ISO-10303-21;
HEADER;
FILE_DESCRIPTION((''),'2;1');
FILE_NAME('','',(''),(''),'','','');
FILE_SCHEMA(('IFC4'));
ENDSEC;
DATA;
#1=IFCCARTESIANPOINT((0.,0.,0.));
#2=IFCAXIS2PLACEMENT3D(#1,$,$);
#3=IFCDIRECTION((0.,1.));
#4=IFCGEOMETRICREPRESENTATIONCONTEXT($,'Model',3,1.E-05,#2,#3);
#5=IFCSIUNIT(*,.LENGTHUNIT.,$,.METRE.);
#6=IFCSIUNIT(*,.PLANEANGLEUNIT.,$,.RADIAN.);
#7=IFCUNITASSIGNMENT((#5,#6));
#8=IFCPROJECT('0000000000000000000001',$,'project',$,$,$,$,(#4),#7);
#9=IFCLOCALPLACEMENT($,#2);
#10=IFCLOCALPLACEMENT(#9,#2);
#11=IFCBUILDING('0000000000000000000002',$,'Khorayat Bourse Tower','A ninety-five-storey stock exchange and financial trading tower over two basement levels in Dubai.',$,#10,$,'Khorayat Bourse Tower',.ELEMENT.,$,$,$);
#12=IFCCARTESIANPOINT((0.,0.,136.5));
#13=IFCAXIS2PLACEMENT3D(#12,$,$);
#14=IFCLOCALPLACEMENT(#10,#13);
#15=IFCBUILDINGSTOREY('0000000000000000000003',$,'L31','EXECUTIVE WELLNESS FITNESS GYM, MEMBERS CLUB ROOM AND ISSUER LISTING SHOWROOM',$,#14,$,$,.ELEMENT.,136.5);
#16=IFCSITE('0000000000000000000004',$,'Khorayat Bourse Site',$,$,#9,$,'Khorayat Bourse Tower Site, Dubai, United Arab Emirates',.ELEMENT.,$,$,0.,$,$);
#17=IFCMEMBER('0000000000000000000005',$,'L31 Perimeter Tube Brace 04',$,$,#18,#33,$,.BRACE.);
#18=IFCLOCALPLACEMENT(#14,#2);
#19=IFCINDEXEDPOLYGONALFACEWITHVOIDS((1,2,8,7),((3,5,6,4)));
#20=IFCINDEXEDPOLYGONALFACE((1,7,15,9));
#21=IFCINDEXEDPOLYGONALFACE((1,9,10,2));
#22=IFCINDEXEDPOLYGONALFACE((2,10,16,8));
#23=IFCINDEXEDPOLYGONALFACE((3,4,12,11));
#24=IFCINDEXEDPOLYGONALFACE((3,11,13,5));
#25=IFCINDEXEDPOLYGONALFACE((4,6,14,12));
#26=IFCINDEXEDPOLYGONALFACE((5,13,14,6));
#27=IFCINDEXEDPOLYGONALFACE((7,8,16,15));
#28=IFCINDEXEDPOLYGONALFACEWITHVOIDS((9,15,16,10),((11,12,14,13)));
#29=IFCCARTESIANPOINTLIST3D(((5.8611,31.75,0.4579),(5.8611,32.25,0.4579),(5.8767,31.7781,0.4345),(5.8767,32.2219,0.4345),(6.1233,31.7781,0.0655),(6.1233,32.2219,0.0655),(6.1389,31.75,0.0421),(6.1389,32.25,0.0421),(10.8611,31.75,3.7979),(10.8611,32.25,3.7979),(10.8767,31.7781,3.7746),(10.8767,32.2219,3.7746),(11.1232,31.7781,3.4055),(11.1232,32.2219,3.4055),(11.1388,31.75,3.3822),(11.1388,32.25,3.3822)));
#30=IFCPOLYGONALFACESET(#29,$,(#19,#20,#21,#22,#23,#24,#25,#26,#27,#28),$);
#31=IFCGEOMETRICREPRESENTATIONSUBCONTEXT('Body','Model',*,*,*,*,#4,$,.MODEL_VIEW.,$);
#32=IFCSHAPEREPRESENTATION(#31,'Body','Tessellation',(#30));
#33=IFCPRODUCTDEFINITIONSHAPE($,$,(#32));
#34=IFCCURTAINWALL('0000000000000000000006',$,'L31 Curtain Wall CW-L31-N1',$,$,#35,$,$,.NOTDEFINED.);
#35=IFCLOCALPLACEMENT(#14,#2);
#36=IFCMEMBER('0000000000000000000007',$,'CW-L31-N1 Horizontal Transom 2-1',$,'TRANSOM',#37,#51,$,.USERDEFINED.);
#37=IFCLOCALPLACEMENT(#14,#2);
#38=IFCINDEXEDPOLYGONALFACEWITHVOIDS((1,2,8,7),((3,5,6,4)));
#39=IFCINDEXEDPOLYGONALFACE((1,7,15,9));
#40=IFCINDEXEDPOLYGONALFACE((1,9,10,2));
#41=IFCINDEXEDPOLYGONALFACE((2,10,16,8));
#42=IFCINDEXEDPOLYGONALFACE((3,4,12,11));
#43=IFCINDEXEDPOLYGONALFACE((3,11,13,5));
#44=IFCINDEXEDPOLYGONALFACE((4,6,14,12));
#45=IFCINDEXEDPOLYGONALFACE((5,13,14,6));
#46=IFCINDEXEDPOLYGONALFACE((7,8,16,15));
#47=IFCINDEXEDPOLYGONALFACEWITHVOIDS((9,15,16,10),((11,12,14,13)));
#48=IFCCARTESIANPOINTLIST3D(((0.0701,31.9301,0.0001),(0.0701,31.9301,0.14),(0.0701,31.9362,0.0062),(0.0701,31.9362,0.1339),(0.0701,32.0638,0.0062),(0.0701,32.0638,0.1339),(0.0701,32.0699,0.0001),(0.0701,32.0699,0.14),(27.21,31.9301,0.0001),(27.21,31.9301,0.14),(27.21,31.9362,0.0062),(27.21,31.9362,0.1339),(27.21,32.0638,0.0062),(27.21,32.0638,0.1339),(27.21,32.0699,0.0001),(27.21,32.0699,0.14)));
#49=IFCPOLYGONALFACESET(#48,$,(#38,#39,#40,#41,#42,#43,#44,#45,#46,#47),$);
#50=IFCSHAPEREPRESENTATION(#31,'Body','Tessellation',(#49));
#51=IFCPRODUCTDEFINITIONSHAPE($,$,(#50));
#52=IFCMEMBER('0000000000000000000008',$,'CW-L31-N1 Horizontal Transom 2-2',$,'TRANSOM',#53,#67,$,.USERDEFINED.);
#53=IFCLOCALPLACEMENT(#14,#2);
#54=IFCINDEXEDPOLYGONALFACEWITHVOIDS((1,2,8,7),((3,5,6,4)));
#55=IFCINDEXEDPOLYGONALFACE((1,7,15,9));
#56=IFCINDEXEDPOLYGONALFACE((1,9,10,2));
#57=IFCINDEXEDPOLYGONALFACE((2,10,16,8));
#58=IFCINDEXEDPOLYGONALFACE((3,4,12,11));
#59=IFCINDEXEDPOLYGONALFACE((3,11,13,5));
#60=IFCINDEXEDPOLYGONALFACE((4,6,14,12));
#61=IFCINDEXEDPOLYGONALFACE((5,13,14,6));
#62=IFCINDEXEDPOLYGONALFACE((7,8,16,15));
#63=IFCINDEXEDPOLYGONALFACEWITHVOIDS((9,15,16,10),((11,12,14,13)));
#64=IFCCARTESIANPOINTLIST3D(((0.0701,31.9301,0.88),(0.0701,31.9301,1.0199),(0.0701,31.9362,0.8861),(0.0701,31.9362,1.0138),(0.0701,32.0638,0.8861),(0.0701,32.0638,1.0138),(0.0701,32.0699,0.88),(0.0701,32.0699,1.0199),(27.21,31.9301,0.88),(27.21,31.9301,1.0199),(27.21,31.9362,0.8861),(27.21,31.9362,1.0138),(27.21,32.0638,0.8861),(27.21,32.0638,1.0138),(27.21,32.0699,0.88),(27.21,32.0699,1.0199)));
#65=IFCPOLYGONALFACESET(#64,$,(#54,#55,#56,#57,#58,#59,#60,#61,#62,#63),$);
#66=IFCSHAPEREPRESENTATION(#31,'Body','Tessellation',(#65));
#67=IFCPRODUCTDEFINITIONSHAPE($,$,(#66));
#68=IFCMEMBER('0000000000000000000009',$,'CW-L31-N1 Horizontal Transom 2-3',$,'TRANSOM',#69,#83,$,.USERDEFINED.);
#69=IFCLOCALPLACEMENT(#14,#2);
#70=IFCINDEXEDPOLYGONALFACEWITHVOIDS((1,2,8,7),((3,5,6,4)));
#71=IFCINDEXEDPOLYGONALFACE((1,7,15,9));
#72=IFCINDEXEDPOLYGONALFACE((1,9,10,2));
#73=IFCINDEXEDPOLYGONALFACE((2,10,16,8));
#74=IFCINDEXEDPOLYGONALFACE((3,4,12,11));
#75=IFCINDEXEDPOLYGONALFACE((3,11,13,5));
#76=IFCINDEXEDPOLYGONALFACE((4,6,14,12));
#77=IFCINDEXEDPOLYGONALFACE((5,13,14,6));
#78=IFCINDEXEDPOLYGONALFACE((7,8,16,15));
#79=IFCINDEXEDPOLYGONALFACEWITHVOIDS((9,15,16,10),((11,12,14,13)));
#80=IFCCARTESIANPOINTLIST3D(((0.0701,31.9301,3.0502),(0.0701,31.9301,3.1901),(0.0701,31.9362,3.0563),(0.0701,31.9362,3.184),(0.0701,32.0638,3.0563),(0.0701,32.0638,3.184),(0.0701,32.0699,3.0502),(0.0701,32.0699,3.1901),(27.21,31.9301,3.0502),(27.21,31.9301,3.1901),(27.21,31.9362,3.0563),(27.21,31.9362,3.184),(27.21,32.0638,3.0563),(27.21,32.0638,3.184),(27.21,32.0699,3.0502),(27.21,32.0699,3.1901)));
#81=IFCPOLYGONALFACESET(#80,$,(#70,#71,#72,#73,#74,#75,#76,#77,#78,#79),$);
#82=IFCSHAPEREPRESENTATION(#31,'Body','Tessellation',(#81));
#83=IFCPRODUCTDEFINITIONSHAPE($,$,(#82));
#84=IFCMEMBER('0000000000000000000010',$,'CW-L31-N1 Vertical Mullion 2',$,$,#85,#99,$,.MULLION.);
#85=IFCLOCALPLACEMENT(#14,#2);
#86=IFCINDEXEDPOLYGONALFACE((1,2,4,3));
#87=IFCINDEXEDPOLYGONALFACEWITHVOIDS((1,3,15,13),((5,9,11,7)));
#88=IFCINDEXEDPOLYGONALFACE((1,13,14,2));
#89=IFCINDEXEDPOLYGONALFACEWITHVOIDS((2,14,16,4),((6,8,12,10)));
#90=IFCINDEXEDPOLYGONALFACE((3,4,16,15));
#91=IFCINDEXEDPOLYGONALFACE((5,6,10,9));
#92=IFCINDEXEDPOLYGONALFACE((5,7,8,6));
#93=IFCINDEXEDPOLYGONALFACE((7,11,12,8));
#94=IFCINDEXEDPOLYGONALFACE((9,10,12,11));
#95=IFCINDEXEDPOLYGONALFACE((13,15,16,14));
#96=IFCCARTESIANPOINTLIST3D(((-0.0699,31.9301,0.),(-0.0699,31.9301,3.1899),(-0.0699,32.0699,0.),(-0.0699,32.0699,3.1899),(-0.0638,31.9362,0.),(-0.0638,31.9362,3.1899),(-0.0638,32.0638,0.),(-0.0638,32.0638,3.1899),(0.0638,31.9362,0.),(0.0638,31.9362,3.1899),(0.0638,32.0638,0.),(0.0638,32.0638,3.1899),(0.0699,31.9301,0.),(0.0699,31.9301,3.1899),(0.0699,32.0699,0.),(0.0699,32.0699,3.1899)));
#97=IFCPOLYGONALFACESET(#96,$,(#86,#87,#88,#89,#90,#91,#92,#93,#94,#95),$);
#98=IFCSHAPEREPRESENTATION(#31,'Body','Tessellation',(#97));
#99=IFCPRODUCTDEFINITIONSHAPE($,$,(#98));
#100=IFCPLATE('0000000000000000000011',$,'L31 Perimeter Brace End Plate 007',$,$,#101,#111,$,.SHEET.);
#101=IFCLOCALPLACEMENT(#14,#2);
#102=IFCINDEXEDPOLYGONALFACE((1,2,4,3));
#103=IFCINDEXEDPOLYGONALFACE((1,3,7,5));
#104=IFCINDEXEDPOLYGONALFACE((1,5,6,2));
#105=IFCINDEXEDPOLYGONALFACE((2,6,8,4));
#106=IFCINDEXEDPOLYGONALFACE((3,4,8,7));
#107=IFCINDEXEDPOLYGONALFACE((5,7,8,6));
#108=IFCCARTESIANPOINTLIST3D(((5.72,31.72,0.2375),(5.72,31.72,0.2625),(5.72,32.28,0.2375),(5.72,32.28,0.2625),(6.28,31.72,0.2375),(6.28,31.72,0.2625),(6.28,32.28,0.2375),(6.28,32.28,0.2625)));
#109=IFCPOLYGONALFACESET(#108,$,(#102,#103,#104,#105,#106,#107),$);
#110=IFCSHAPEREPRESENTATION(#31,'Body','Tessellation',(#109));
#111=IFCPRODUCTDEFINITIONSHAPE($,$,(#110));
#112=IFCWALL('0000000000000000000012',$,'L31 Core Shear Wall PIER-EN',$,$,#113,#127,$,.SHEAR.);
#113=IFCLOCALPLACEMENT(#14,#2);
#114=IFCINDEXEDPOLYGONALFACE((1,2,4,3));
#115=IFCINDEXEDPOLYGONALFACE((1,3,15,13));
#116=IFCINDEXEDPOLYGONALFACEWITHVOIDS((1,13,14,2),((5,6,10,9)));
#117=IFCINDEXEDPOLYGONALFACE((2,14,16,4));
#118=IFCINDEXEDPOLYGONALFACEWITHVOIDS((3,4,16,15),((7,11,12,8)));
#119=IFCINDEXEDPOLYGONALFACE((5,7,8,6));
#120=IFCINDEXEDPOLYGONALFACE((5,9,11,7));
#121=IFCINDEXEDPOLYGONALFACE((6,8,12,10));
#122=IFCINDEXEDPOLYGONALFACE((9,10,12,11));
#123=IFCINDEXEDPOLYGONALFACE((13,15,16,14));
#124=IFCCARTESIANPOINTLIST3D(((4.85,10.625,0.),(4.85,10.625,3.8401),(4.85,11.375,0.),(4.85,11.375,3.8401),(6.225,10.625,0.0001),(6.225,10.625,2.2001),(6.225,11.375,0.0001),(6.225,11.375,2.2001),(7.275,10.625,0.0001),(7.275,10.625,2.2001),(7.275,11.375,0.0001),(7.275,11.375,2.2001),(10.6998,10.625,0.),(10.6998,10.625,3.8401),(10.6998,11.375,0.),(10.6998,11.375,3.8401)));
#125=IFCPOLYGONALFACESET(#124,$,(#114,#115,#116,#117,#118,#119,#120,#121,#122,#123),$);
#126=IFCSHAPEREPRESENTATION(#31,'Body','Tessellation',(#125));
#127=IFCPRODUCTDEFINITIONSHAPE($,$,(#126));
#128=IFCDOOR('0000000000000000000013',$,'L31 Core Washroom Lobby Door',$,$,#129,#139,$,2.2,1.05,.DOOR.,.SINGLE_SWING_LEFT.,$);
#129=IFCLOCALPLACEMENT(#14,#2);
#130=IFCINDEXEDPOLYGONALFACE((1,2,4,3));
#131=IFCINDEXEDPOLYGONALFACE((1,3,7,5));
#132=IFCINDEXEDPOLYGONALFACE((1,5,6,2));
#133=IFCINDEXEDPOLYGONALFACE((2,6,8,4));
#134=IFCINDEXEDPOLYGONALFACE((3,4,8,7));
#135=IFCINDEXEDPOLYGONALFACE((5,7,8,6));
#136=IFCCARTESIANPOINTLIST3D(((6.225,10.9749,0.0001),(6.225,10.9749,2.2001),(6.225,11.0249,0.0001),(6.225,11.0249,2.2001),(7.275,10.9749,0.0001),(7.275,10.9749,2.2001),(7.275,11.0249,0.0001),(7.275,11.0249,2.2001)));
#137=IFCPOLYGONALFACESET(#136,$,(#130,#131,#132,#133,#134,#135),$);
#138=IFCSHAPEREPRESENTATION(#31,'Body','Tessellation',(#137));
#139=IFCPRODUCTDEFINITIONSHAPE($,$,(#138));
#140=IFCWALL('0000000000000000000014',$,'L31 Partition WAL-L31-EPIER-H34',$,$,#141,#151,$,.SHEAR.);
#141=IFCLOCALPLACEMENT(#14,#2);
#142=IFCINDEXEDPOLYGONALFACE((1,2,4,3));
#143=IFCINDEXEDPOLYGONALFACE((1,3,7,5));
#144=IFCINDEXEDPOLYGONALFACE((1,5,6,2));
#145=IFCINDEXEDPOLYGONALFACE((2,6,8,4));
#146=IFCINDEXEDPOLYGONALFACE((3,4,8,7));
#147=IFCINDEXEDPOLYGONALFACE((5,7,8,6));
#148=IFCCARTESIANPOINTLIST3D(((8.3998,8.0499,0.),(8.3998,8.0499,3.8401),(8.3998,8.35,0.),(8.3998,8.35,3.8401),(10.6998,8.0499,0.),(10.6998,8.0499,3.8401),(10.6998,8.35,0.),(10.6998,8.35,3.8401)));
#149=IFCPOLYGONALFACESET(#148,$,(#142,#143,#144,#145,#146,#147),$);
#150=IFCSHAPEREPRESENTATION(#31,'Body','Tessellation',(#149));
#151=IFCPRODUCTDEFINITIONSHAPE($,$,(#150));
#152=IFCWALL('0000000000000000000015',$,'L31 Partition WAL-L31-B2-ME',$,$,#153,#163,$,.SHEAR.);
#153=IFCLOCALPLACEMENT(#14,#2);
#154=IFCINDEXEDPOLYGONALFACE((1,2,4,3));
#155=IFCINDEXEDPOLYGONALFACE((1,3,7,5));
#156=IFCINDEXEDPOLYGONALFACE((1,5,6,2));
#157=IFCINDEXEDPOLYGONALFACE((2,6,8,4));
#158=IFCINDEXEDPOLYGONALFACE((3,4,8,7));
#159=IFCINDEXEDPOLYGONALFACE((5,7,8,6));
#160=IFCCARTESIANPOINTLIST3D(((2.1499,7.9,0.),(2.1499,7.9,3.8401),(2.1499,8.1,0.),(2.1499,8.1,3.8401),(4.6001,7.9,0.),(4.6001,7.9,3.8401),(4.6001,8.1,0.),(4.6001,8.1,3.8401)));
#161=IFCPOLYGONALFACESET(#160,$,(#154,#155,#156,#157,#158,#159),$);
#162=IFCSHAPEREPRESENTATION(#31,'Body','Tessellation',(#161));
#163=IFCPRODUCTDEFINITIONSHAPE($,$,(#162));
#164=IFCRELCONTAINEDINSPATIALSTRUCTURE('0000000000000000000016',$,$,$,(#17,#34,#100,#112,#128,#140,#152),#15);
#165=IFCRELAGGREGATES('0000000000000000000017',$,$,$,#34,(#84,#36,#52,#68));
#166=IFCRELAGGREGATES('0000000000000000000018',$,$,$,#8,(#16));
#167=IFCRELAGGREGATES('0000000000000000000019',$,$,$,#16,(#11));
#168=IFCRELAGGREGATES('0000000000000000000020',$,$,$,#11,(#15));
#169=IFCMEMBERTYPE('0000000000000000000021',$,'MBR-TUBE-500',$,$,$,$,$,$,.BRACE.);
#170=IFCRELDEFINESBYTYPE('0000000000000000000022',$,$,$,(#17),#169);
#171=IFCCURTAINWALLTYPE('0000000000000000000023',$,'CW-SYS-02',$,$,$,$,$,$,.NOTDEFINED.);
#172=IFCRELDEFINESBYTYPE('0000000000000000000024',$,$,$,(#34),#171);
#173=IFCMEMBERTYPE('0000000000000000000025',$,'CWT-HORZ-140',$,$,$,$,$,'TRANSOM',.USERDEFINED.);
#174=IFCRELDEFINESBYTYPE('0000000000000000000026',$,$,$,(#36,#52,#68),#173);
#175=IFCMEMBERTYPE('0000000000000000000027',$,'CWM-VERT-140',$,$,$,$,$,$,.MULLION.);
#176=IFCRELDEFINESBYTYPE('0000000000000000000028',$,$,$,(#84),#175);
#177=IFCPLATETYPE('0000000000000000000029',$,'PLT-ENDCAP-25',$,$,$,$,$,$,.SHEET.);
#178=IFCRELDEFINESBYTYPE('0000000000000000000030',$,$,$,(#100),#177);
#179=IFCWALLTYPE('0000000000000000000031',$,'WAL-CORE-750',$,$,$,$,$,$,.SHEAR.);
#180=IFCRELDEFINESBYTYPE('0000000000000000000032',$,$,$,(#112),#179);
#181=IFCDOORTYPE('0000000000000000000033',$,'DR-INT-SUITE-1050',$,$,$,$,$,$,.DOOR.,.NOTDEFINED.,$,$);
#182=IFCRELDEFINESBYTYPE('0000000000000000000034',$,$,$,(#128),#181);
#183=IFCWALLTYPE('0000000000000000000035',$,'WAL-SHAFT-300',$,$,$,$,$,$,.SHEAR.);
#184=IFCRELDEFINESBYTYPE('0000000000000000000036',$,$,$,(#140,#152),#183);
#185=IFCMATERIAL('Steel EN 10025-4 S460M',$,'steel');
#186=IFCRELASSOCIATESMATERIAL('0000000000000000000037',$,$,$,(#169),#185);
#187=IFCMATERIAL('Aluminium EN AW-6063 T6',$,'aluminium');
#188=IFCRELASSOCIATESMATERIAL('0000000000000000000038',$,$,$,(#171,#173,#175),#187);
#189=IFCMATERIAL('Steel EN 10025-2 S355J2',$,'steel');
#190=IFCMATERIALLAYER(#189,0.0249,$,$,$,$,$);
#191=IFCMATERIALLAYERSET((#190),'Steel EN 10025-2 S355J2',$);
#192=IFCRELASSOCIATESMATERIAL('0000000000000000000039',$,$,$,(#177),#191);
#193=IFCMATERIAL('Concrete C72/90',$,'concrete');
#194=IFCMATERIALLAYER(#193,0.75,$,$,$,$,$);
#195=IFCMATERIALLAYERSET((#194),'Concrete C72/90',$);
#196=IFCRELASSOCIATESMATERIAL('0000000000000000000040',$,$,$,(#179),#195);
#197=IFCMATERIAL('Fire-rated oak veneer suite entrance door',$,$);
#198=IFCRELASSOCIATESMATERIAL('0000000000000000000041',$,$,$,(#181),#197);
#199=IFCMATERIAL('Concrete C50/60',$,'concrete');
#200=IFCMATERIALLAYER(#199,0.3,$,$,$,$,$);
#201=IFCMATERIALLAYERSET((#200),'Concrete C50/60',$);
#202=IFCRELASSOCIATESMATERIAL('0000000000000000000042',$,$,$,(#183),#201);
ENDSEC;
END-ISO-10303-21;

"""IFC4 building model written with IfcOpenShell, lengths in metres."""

from ifc_helpers import new_model, si_unit, direction, frame, frame_2d, origin, origin_2d, place, context, subcontext, project, spatial, rectangle, hollow_rectangle, extrude, source, transform, mapped, material, layer, layer_set, material_profile, profile_set, type_object, element, fill, aggregate, save


model = new_model("IFC4")

# Units and contexts
model_context = context("Model", 3, precision=1e-05, world=origin(), true_north=direction((0.0, 1.0)))
body_context = subcontext(model_context, "Body", "Model", "MODEL_VIEW")
ifc_project = project(units=[si_unit("LENGTHUNIT", "METRE"), si_unit("PLANEANGLEUNIT", "RADIAN")], contexts=[model_context])

# Site, building, storey
site_placement = place(None, origin())
site = spatial("IfcSite", under=ifc_project, at=site_placement, Name="Khorayat Bourse Site", LongName="Khorayat Bourse Tower Site, Dubai, United Arab Emirates", CompositionType="ELEMENT", RefElevation=0.0)
building_placement = place(site_placement, origin())
building = spatial("IfcBuilding", under=site, at=building_placement, Name="Khorayat Bourse Tower", Description="A ninety-five-storey stock exchange and financial trading tower over two basement levels in Dubai.", LongName="Khorayat Bourse Tower", CompositionType="ELEMENT")
storey_placement = place(building_placement, frame((0.0, 0.0, 136.5)))
storey = spatial("IfcBuildingStorey", under=building, at=storey_placement, Name="L31", Description="EXECUTIVE WELLNESS FITNESS GYM, MEMBERS CLUB ROOM AND ISSUER LISTING SHOWROOM", CompositionType="ELEMENT", Elevation=136.5)

# Shared definitions
ifc_material_1 = material(Name="Steel EN 10025-4 S460M", Category="steel")
ifc_material_2 = material(Name="Concrete C72/90", Category="concrete")

# Member
ifc_material_profile_1 = material_profile(ifc_material_1, hollow_rectangle(XDim=0.5, YDim=0.5, WallThickness=0.0281, at=origin_2d()), Name="HSS 500x500x28")
ifc_profile_set_1 = profile_set([ifc_material_profile_1], Name="Steel EN 10025-4 S460M")
member_type_1 = type_object("IfcMemberType", Name="MBR-TUBE-500", PredefinedType="BRACE", material=ifc_profile_set_1)
shared_shape_1 = source(origin(), body_context, "Body", "SweptSolid", [
    extrude(hollow_rectangle(XDim=0.5, YDim=0.5, WallThickness=0.0281, at=origin_2d()), origin(), (0.0, 0.0, 1.0), 6.0129),
])
member_1_placement = place(storey_placement, frame((6.0, 32.0, 0.25), z_axis=(0.831531, 0.0, 0.555478), x_axis=(0.0, 1.0, 0.0)))
element("IfcMember", 1, at=member_1_placement, inside=storey, type_object=member_type_1, Name="L31 Perimeter Tube Brace 04", PredefinedType="BRACE", context=body_context, shape_type="MappedRepresentation", body=[
    mapped(shared_shape_1, transform((0.0, 0.0, 0.0), scale=1.0)),
])

# Curtain wall, members
ifc_material_3 = material(Name="Aluminium EN AW-6063 T6", Category="aluminium")
curtain_wall_type = type_object("IfcCurtainWallType", Name="CW-SYS-02", PredefinedType="NOTDEFINED", material=ifc_material_3)
curtain_wall_placement = place(storey_placement, origin())
curtain_wall = element("IfcCurtainWall", 2, at=curtain_wall_placement, inside=storey, type_object=curtain_wall_type, Name="L31 Curtain Wall CW-L31-N1", PredefinedType="NOTDEFINED")
ifc_material_profile_2 = material_profile(ifc_material_3, hollow_rectangle(XDim=0.1399, YDim=0.1399, WallThickness=0.0061, at=origin_2d()), Name="ALU 140x140x6")
ifc_profile_set_2 = profile_set([ifc_material_profile_2], Name="Aluminium EN AW-6063 T6")
member_type_2 = type_object("IfcMemberType", Name="CWT-HORZ-140", ElementType="TRANSOM", PredefinedType="USERDEFINED", material=ifc_profile_set_2)
shared_shape_2 = source(origin(), body_context, "Body", "SweptSolid", [
    extrude(hollow_rectangle(XDim=0.1399, YDim=0.1399, WallThickness=0.0061, at=origin_2d()), origin(), (0.0, 0.0, 1.0), 27.1399),
])
member_2_placement = place(storey_placement, frame((0.0701, 32.0, 0.0701), z_axis=(1.0, 0.0, 0.0), x_axis=(0.0, 1.0, 0.0)))
member_2 = element("IfcMember", 3, at=member_2_placement, type_object=member_type_2, Name="CW-L31-N1 Horizontal Transom 2-1", ObjectType="TRANSOM", PredefinedType="USERDEFINED", context=body_context, shape_type="MappedRepresentation", body=[
    mapped(shared_shape_2, transform((0.0, 0.0, 0.0), scale=1.0)),
])
member_3_placement = place(storey_placement, frame((0.0701, 32.0, 0.95), z_axis=(1.0, 0.0, 0.0), x_axis=(0.0, 1.0, 0.0)))
member_3 = element("IfcMember", 4, at=member_3_placement, type_object=member_type_2, Name="CW-L31-N1 Horizontal Transom 2-2", ObjectType="TRANSOM", PredefinedType="USERDEFINED", context=body_context, shape_type="MappedRepresentation", body=[
    mapped(shared_shape_2, transform((0.0, 0.0, 0.0), scale=1.0)),
])
member_4_placement = place(storey_placement, frame((0.0701, 32.0, 3.1201), z_axis=(1.0, 0.0, 0.0), x_axis=(0.0, 1.0, 0.0)))
member_4 = element("IfcMember", 5, at=member_4_placement, type_object=member_type_2, Name="CW-L31-N1 Horizontal Transom 2-3", ObjectType="TRANSOM", PredefinedType="USERDEFINED", context=body_context, shape_type="MappedRepresentation", body=[
    mapped(shared_shape_2, transform((0.0, 0.0, 0.0), scale=1.0)),
])
ifc_material_profile_3 = material_profile(ifc_material_3, hollow_rectangle(XDim=0.1399, YDim=0.1399, WallThickness=0.0061, at=origin_2d()), Name="ALU 140x140x6")
ifc_profile_set_3 = profile_set([ifc_material_profile_3], Name="Aluminium EN AW-6063 T6")
member_type_3 = type_object("IfcMemberType", Name="CWM-VERT-140", PredefinedType="MULLION", material=ifc_profile_set_3)
shared_shape_3 = source(origin(), body_context, "Body", "SweptSolid", [
    extrude(hollow_rectangle(XDim=0.1399, YDim=0.1399, WallThickness=0.0061, at=origin_2d()), origin(), (0.0, 0.0, 1.0), 3.1899),
])
member_5_placement = place(storey_placement, frame((0.0, 32.0, 0.0), z_axis=(0.0, 0.0, 1.0), x_axis=(0.0, 1.0, 0.0)))
member_5 = element("IfcMember", 6, at=member_5_placement, type_object=member_type_3, Name="CW-L31-N1 Vertical Mullion 2", PredefinedType="MULLION", context=body_context, shape_type="MappedRepresentation", body=[
    mapped(shared_shape_3, transform((0.0, 0.0, 0.0), scale=1.0)),
])
aggregate(curtain_wall, [member_5, member_2, member_3, member_4])

# Plate
ifc_material_4 = material(Name="Steel EN 10025-2 S355J2", Category="steel")
ifc_layer_1 = layer(ifc_material_4, 0.0249)
ifc_layer_set_1 = layer_set([ifc_layer_1], Name="Steel EN 10025-2 S355J2")
plate_type = type_object("IfcPlateType", Name="PLT-ENDCAP-25", PredefinedType="SHEET", material=ifc_layer_set_1)
shared_shape_4 = source(origin(), body_context, "Body", "SweptSolid", [
    extrude(rectangle(XDim=0.5601, YDim=0.5601, at=origin_2d()), origin(), (0.0, 0.0, 1.0), 0.0249),
])
plate_placement = place(storey_placement, frame((6.0, 32.0, 0.2375), z_axis=(0.0, 0.0, 1.0), x_axis=(1.0, 0.0, 0.0)))
element("IfcPlate", 7, at=plate_placement, inside=storey, type_object=plate_type, Name="L31 Perimeter Brace End Plate 007", PredefinedType="SHEET", context=body_context, shape_type="MappedRepresentation", body=[
    mapped(shared_shape_4, transform((0.0, 0.0, 0.0), scale=1.0)),
])

# Wall, opening, door
ifc_layer_2 = layer(ifc_material_2, 0.75)
ifc_layer_set_2 = layer_set([ifc_layer_2], Name="Concrete C72/90")
wall_type_1 = type_object("IfcWallType", Name="WAL-CORE-750", PredefinedType="SHEAR", material=ifc_layer_set_2)
shared_shape_5 = source(origin(), body_context, "Body", "SweptSolid", [
    extrude(rectangle(XDim=5.8499, YDim=0.75, at=frame_2d((2.9248, 0.0))), origin(), (0.0, 0.0, 1.0), 3.8401),
])
wall_1_placement = place(storey_placement, frame((4.8501, 11.0, 0.0), z_axis=(0.0, 0.0, 1.0), x_axis=(1.0, 0.0, 0.0)))
wall_1 = element("IfcWall", 8, at=wall_1_placement, inside=storey, type_object=wall_type_1, Name="L31 Core Shear Wall PIER-EN", PredefinedType="SHEAR", context=body_context, shape_type="MappedRepresentation", body=[
    mapped(shared_shape_5, transform((0.0, 0.0, 0.0), scale=1.0)),
])
shared_shape_6 = source(origin(), body_context, "Body", "SweptSolid", [
    extrude(rectangle(XDim=1.05, YDim=2.2, at=frame_2d((0.5249, 1.1001))), frame((0.0, 0.385, 0.0), z_axis=(0.0, -1.0, 0.0), x_axis=(1.0, 0.0, 0.0)), (0.0, 0.0, 1.0), 0.77),
])
opening_1_placement = place(wall_1_placement, frame((1.375, 0.0, 0.0)))
opening_1 = element("IfcOpeningElement", 9, at=opening_1_placement, cuts=wall_1, PredefinedType="OPENING", context=body_context, shape_type="MappedRepresentation", body=[
    mapped(shared_shape_6, transform((0.0, 0.0, 0.0), scale=1.0)),
])
ifc_material_5 = material(Name="Fire-rated oak veneer suite entrance door")
door_type_1 = type_object("IfcDoorType", Name="DR-INT-SUITE-1050", OperationType="NOTDEFINED", PredefinedType="DOOR", material=ifc_material_5)
shared_shape_7 = source(origin(), body_context, "Body", "SweptSolid", [
    extrude(rectangle(XDim=1.05, YDim=2.2, at=frame_2d((0.5249, 1.1001))), frame((0.0, 0.0249, 0.0), z_axis=(0.0, -1.0, 0.0), x_axis=(1.0, 0.0, 0.0)), (0.0, 0.0, 1.0), 0.05),
])
door_1_placement = place(opening_1_placement, origin())
door_1 = element("IfcDoor", 10, at=door_1_placement, inside=storey, type_object=door_type_1, Name="L31 Core Washroom Lobby Door", OperationType="SINGLE_SWING_LEFT", OverallHeight=2.2, OverallWidth=1.05, PredefinedType="DOOR", context=body_context, shape_type="MappedRepresentation", body=[
    mapped(shared_shape_7, transform((0.0, 0.0, 0.0), scale=1.0)),
])
fill(opening_1, door_1)

# Wall
ifc_material_6 = material(Name="Concrete C50/60", Category="concrete")
ifc_layer_3 = layer(ifc_material_6, 0.3)
ifc_layer_set_3 = layer_set([ifc_layer_3], Name="Concrete C50/60")
wall_type_2 = type_object("IfcWallType", Name="WAL-SHAFT-300", PredefinedType="SHEAR", material=ifc_layer_set_3)
shared_shape_8 = source(origin(), body_context, "Body", "SweptSolid", [
    extrude(rectangle(XDim=2.3, YDim=0.3, at=frame_2d((1.1499, 0.0))), origin(), (0.0, 0.0, 1.0), 3.8401),
])
wall_2_placement = place(storey_placement, frame((8.3999, 8.2, 0.0), z_axis=(0.0, 0.0, 1.0), x_axis=(1.0, 0.0, 0.0)))
element("IfcWall", 11, at=wall_2_placement, inside=storey, type_object=wall_type_2, Name="L31 Partition WAL-L31-EPIER-H34", PredefinedType="SHEAR", context=body_context, shape_type="MappedRepresentation", body=[
    mapped(shared_shape_8, transform((0.0, 0.0, 0.0), scale=1.0)),
])

# Wall
shared_shape_9 = source(origin(), body_context, "Body", "SweptSolid", [
    extrude(rectangle(XDim=2.4502, YDim=0.2, at=frame_2d((1.2251, 0.0))), origin(), (0.0, 0.0, 1.0), 3.8401),
])
wall_3_placement = place(storey_placement, frame((2.1499, 8.0, 0.0), z_axis=(0.0, 0.0, 1.0), x_axis=(1.0, 0.0, 0.0)))
element("IfcWall", 12, at=wall_3_placement, inside=storey, type_object=wall_type_2, Name="L31 Partition WAL-L31-B2-ME", PredefinedType="SHEAR", context=body_context, shape_type="MappedRepresentation", body=[
    mapped(shared_shape_9, transform((0.0, 0.0, 0.0), scale=1.0)),
])

save(model, "model.ifc")
